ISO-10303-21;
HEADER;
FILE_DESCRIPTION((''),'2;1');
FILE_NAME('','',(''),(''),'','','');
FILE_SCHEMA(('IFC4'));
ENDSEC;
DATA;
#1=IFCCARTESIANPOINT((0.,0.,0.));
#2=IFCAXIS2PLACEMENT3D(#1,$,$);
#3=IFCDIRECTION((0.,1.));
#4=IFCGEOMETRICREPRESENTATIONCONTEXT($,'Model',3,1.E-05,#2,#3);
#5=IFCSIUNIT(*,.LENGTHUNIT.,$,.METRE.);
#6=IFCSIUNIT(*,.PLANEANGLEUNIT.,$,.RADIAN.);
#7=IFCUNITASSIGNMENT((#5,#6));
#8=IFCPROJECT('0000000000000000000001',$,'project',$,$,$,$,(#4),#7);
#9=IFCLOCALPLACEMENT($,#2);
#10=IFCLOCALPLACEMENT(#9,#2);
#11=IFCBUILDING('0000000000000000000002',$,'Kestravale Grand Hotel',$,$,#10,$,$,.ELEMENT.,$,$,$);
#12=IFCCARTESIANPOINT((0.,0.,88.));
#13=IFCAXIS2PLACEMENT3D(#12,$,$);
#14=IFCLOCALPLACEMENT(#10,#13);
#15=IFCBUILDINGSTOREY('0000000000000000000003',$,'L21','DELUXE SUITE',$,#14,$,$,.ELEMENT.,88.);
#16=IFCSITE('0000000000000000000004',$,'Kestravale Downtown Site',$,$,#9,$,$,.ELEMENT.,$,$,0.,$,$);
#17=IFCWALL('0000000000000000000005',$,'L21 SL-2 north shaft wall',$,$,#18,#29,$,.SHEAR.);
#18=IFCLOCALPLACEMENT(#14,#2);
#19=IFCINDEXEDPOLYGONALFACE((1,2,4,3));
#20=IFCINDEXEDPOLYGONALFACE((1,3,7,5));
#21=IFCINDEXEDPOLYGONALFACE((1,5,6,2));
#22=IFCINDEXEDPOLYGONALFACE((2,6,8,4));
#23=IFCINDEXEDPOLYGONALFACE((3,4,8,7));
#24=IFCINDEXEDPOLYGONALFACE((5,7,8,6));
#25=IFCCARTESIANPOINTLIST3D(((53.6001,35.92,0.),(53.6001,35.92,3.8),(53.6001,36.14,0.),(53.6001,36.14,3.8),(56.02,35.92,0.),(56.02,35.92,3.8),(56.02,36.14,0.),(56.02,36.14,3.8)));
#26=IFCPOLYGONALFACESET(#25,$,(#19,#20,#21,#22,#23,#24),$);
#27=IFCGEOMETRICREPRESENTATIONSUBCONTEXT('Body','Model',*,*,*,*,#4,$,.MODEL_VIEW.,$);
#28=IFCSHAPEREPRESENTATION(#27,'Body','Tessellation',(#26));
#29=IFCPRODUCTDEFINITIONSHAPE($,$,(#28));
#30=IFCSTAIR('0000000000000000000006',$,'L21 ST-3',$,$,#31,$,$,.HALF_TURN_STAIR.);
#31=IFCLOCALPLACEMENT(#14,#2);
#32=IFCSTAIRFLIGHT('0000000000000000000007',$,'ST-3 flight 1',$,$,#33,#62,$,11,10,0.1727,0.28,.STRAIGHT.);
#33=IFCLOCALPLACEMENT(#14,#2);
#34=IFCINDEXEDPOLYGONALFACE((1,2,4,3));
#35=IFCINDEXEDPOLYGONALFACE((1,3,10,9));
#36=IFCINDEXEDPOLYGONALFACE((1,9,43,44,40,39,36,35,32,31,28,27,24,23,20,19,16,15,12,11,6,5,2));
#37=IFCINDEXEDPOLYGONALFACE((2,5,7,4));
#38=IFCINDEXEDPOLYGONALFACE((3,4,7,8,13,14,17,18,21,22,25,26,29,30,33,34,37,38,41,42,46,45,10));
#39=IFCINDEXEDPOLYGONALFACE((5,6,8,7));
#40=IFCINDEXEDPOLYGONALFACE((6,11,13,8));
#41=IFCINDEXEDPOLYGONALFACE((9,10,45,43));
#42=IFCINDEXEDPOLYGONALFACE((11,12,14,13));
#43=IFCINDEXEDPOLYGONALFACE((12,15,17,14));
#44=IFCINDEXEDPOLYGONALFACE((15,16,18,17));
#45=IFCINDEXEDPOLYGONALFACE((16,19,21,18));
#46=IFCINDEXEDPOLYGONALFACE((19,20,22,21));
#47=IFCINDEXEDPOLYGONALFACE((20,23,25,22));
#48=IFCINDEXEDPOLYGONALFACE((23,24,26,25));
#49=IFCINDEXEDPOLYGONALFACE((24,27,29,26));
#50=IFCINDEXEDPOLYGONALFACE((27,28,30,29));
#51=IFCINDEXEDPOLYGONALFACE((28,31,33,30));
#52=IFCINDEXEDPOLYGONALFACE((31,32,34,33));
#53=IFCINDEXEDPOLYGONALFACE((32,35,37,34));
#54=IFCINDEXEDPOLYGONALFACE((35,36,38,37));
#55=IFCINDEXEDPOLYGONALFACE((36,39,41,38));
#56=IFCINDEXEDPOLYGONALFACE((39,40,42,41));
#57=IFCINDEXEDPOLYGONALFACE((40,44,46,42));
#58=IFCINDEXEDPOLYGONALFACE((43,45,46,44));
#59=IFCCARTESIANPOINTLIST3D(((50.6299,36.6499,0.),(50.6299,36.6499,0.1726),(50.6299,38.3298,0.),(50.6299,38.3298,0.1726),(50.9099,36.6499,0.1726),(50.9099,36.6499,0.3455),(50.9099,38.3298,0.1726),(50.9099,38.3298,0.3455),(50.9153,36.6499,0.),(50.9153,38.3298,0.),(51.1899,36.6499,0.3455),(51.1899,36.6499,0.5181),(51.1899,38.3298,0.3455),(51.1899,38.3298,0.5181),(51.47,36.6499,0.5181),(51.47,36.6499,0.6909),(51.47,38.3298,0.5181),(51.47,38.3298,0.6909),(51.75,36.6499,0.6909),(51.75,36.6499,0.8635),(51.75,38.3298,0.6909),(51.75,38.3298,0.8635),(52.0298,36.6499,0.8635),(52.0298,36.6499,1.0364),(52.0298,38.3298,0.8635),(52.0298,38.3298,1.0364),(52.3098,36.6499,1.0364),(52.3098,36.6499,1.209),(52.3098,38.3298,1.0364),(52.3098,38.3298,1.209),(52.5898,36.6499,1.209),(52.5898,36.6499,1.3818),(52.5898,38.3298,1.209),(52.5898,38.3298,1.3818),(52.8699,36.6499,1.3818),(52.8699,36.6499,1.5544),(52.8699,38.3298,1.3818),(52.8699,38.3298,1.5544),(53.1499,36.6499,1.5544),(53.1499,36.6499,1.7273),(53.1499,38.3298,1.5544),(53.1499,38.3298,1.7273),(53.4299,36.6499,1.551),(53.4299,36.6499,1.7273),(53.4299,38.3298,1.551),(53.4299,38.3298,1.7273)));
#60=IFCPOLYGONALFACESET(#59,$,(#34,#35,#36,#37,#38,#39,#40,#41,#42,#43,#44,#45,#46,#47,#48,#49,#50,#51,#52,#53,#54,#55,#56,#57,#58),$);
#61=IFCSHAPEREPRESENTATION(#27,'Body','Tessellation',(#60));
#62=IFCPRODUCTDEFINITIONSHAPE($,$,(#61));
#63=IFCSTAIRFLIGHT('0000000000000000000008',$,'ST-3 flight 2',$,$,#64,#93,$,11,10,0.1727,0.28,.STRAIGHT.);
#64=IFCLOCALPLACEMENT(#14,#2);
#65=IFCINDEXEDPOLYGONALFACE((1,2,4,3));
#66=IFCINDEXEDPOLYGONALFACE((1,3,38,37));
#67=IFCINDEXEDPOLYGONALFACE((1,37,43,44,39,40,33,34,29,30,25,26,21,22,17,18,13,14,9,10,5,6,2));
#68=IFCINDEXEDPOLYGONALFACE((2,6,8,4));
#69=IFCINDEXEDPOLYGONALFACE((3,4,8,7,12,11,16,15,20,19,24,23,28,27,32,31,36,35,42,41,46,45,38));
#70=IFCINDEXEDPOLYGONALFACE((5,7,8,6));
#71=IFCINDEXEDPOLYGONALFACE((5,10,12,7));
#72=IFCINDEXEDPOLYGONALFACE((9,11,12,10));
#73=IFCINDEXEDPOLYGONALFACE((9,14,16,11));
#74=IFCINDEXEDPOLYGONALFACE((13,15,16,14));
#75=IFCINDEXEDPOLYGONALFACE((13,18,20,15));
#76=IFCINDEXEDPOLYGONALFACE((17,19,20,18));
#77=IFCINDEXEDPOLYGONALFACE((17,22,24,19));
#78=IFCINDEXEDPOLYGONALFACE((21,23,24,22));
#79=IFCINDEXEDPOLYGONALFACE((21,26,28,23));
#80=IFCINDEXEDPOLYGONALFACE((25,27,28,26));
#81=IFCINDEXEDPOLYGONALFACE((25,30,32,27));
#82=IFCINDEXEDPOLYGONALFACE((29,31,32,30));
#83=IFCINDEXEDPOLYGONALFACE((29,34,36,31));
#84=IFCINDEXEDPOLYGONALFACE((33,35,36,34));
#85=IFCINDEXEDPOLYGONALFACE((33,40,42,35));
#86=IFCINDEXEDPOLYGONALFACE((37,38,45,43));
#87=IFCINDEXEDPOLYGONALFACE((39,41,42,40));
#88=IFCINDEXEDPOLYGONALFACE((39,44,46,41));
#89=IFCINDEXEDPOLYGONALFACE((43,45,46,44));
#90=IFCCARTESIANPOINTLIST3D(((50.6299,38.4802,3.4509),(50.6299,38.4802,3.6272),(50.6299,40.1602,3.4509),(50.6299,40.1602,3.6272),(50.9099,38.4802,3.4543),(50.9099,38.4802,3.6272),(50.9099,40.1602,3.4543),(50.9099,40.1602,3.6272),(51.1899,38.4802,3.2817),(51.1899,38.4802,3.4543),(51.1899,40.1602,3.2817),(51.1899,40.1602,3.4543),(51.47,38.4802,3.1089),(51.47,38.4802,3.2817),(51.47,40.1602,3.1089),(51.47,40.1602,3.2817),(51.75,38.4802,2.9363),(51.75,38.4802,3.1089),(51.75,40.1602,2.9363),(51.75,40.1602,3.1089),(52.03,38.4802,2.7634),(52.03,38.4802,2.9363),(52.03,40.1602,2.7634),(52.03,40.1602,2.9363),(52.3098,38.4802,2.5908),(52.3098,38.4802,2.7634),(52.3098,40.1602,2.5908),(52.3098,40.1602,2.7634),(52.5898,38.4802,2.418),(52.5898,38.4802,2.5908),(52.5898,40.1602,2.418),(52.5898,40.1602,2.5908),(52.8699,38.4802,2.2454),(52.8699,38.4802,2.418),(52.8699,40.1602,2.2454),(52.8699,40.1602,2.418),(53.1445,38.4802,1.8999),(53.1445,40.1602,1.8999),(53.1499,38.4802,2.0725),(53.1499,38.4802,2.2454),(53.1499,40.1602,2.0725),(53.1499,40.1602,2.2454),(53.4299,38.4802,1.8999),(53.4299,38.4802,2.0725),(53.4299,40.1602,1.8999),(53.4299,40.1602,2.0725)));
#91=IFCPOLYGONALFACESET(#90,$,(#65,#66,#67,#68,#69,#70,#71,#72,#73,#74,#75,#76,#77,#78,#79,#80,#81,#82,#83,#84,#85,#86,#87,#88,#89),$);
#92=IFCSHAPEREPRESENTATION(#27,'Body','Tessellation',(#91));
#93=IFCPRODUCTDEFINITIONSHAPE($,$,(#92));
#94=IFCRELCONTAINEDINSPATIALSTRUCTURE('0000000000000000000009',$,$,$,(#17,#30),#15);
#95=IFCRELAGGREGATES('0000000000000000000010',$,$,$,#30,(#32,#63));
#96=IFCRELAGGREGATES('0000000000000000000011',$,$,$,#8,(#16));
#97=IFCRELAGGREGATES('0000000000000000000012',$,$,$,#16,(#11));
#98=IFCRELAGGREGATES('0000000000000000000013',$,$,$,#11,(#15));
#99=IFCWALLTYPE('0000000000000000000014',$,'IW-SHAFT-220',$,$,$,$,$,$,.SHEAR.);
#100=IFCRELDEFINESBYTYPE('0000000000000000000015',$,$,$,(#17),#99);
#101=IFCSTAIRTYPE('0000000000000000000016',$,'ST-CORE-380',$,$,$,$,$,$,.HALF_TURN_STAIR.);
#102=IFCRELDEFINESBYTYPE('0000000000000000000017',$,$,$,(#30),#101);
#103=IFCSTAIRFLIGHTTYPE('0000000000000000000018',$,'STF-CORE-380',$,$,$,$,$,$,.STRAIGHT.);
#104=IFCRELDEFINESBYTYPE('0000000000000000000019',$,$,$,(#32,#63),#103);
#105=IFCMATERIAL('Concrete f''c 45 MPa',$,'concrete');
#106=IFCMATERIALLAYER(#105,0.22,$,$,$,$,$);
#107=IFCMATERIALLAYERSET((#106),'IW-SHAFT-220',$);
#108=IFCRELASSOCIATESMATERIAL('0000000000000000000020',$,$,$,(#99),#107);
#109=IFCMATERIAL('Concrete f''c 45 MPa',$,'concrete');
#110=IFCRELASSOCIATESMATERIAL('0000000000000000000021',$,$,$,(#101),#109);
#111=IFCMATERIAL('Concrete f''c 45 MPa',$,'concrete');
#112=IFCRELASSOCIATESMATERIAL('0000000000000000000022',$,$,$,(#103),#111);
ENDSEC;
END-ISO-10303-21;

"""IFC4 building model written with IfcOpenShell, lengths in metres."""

from ifc_helpers import new_model, si_unit, direction, frame, frame_2d, origin, place, context, subcontext, project, spatial, polyline, rectangle, outline, extrude, material, layer, layer_set, type_object, element, aggregate, save


model = new_model("IFC4")

# Units and contexts
model_context = context("Model", 3, precision=1e-05, world=origin(), true_north=direction((0.0, 1.0)))
body_context = subcontext(model_context, "Body", "Model", "MODEL_VIEW")
ifc_project = project(units=[si_unit("LENGTHUNIT", "METRE"), si_unit("PLANEANGLEUNIT", "RADIAN")], contexts=[model_context])

# Site, building, storey
site_placement = place(None, origin())
site = spatial("IfcSite", under=ifc_project, at=site_placement, Name="Kestravale Downtown Site", CompositionType="ELEMENT", RefElevation=0.0)
building_placement = place(site_placement, origin())
building = spatial("IfcBuilding", under=site, at=building_placement, Name="Kestravale Grand Hotel", CompositionType="ELEMENT")
storey_placement = place(building_placement, frame((0.0, 0.0, 88.0)))
storey = spatial("IfcBuildingStorey", under=building, at=storey_placement, Name="L21", Description="DELUXE SUITE", CompositionType="ELEMENT", Elevation=88.0)

# Shared definitions
ifc_material_1 = material(Name="Concrete f'c 45 MPa", Category="concrete")
ifc_layer_1 = layer(ifc_material_1, 0.22)
ifc_layer_set_1 = layer_set([ifc_layer_1], Name="IW-SHAFT-220")
wall_type_1 = type_object("IfcWallType", Name="IW-SHAFT-220", PredefinedType="SHEAR", material=ifc_layer_set_1)

# Wall
wall_1_placement = place(storey_placement, frame((53.6001, 36.03, 0.0), z_axis=(0.0, 0.0, 1.0), x_axis=(1.0, 0.0, 0.0)))
element("IfcWall", 1, at=wall_1_placement, inside=storey, type_object=wall_type_1, Name="L21 SL-2 north shaft wall", PredefinedType="SHEAR", context=body_context, shape_type="SweptSolid", body=[
    extrude(rectangle(XDim=2.4199, YDim=0.22, at=frame_2d((1.21, 0.0))), origin(), (0.0, 0.0, 1.0), 3.8),
])

# Stair, stair flights
ifc_material_2 = material(Name="Concrete f'c 45 MPa", Category="concrete")
stair_type = type_object("IfcStairType", Name="ST-CORE-380", PredefinedType="HALF_TURN_STAIR", material=ifc_material_2)
stair_placement = place(storey_placement, origin())
stair = element("IfcStair", 2, at=stair_placement, inside=storey, type_object=stair_type, Name="L21 ST-3", PredefinedType="HALF_TURN_STAIR")
ifc_material_3 = material(Name="Concrete f'c 45 MPa", Category="concrete")
stair_flight_type = type_object("IfcStairFlightType", Name="STF-CORE-380", PredefinedType="STRAIGHT", material=ifc_material_3)
stair_flight_1_placement = place(storey_placement, frame((50.6299, 37.49, 0.0), z_axis=(0.0, 0.0, 1.0), x_axis=(1.0, 0.0, 0.0)))
stair_flight_1 = element("IfcStairFlight", 3, at=stair_flight_1_placement, type_object=stair_flight_type, Name="ST-3 flight 1", NumberOfRisers=11, NumberOfTreads=10, PredefinedType="STRAIGHT", RiserHeight=0.1727, TreadLength=0.28, context=body_context, shape_type="SweptSolid", body=[
    extrude(outline(polyline([(0.0, 0.0), (0.0, 0.1726), (0.28, 0.1726), (0.28, 0.3455), (0.5601, 0.3455), (0.5601, 0.5181), (0.8401, 0.5181), (0.8401, 0.6909), (1.1201, 0.6909), (1.1201, 0.8635), (1.3999, 0.8635), (1.3999, 1.0364), (1.6799, 1.0364), (1.6799, 1.209), (1.96, 1.209), (1.96, 1.3818), (2.24, 1.3818), (2.24, 1.5544), (2.52, 1.5544), (2.52, 1.7273), (2.8, 1.7273), (2.8, 1.8999), (2.8, 1.551), (0.2854, 0.0), (0.0, 0.0)])), frame((0.0, 0.8398, 0.0), z_axis=(0.0, -1.0, 0.0), x_axis=(1.0, 0.0, 0.0)), (0.0, 0.0, 1.0), 1.6799),
])
stair_flight_2_placement = place(storey_placement, frame((53.4299, 39.3201, 1.8999), z_axis=(0.0, 0.0, 1.0), x_axis=(-1.0, 0.0, 0.0)))
stair_flight_2 = element("IfcStairFlight", 4, at=stair_flight_2_placement, type_object=stair_flight_type, Name="ST-3 flight 2", NumberOfRisers=11, NumberOfTreads=10, PredefinedType="STRAIGHT", RiserHeight=0.1727, TreadLength=0.28, context=body_context, shape_type="SweptSolid", body=[
    extrude(outline(polyline([(0.0, 0.0), (0.0, 0.1726), (0.28, 0.1726), (0.28, 0.3455), (0.5601, 0.3455), (0.5601, 0.5181), (0.8401, 0.5181), (0.8401, 0.6909), (1.1201, 0.6909), (1.1201, 0.8635), (1.3999, 0.8635), (1.3999, 1.0364), (1.6799, 1.0364), (1.6799, 1.209), (1.96, 1.209), (1.96, 1.3818), (2.24, 1.3818), (2.24, 1.5544), (2.52, 1.5544), (2.52, 1.7273), (2.8, 1.7273), (2.8, 1.8999), (2.8, 1.551), (0.2854, 0.0), (0.0, 0.0)])), frame((0.0, 0.8398, 0.0), z_axis=(0.0, -1.0, 0.0), x_axis=(1.0, 0.0, 0.0)), (0.0, 0.0, 1.0), 1.6799),
])
aggregate(stair, [stair_flight_1, stair_flight_2])

save(model, "model.ifc")
